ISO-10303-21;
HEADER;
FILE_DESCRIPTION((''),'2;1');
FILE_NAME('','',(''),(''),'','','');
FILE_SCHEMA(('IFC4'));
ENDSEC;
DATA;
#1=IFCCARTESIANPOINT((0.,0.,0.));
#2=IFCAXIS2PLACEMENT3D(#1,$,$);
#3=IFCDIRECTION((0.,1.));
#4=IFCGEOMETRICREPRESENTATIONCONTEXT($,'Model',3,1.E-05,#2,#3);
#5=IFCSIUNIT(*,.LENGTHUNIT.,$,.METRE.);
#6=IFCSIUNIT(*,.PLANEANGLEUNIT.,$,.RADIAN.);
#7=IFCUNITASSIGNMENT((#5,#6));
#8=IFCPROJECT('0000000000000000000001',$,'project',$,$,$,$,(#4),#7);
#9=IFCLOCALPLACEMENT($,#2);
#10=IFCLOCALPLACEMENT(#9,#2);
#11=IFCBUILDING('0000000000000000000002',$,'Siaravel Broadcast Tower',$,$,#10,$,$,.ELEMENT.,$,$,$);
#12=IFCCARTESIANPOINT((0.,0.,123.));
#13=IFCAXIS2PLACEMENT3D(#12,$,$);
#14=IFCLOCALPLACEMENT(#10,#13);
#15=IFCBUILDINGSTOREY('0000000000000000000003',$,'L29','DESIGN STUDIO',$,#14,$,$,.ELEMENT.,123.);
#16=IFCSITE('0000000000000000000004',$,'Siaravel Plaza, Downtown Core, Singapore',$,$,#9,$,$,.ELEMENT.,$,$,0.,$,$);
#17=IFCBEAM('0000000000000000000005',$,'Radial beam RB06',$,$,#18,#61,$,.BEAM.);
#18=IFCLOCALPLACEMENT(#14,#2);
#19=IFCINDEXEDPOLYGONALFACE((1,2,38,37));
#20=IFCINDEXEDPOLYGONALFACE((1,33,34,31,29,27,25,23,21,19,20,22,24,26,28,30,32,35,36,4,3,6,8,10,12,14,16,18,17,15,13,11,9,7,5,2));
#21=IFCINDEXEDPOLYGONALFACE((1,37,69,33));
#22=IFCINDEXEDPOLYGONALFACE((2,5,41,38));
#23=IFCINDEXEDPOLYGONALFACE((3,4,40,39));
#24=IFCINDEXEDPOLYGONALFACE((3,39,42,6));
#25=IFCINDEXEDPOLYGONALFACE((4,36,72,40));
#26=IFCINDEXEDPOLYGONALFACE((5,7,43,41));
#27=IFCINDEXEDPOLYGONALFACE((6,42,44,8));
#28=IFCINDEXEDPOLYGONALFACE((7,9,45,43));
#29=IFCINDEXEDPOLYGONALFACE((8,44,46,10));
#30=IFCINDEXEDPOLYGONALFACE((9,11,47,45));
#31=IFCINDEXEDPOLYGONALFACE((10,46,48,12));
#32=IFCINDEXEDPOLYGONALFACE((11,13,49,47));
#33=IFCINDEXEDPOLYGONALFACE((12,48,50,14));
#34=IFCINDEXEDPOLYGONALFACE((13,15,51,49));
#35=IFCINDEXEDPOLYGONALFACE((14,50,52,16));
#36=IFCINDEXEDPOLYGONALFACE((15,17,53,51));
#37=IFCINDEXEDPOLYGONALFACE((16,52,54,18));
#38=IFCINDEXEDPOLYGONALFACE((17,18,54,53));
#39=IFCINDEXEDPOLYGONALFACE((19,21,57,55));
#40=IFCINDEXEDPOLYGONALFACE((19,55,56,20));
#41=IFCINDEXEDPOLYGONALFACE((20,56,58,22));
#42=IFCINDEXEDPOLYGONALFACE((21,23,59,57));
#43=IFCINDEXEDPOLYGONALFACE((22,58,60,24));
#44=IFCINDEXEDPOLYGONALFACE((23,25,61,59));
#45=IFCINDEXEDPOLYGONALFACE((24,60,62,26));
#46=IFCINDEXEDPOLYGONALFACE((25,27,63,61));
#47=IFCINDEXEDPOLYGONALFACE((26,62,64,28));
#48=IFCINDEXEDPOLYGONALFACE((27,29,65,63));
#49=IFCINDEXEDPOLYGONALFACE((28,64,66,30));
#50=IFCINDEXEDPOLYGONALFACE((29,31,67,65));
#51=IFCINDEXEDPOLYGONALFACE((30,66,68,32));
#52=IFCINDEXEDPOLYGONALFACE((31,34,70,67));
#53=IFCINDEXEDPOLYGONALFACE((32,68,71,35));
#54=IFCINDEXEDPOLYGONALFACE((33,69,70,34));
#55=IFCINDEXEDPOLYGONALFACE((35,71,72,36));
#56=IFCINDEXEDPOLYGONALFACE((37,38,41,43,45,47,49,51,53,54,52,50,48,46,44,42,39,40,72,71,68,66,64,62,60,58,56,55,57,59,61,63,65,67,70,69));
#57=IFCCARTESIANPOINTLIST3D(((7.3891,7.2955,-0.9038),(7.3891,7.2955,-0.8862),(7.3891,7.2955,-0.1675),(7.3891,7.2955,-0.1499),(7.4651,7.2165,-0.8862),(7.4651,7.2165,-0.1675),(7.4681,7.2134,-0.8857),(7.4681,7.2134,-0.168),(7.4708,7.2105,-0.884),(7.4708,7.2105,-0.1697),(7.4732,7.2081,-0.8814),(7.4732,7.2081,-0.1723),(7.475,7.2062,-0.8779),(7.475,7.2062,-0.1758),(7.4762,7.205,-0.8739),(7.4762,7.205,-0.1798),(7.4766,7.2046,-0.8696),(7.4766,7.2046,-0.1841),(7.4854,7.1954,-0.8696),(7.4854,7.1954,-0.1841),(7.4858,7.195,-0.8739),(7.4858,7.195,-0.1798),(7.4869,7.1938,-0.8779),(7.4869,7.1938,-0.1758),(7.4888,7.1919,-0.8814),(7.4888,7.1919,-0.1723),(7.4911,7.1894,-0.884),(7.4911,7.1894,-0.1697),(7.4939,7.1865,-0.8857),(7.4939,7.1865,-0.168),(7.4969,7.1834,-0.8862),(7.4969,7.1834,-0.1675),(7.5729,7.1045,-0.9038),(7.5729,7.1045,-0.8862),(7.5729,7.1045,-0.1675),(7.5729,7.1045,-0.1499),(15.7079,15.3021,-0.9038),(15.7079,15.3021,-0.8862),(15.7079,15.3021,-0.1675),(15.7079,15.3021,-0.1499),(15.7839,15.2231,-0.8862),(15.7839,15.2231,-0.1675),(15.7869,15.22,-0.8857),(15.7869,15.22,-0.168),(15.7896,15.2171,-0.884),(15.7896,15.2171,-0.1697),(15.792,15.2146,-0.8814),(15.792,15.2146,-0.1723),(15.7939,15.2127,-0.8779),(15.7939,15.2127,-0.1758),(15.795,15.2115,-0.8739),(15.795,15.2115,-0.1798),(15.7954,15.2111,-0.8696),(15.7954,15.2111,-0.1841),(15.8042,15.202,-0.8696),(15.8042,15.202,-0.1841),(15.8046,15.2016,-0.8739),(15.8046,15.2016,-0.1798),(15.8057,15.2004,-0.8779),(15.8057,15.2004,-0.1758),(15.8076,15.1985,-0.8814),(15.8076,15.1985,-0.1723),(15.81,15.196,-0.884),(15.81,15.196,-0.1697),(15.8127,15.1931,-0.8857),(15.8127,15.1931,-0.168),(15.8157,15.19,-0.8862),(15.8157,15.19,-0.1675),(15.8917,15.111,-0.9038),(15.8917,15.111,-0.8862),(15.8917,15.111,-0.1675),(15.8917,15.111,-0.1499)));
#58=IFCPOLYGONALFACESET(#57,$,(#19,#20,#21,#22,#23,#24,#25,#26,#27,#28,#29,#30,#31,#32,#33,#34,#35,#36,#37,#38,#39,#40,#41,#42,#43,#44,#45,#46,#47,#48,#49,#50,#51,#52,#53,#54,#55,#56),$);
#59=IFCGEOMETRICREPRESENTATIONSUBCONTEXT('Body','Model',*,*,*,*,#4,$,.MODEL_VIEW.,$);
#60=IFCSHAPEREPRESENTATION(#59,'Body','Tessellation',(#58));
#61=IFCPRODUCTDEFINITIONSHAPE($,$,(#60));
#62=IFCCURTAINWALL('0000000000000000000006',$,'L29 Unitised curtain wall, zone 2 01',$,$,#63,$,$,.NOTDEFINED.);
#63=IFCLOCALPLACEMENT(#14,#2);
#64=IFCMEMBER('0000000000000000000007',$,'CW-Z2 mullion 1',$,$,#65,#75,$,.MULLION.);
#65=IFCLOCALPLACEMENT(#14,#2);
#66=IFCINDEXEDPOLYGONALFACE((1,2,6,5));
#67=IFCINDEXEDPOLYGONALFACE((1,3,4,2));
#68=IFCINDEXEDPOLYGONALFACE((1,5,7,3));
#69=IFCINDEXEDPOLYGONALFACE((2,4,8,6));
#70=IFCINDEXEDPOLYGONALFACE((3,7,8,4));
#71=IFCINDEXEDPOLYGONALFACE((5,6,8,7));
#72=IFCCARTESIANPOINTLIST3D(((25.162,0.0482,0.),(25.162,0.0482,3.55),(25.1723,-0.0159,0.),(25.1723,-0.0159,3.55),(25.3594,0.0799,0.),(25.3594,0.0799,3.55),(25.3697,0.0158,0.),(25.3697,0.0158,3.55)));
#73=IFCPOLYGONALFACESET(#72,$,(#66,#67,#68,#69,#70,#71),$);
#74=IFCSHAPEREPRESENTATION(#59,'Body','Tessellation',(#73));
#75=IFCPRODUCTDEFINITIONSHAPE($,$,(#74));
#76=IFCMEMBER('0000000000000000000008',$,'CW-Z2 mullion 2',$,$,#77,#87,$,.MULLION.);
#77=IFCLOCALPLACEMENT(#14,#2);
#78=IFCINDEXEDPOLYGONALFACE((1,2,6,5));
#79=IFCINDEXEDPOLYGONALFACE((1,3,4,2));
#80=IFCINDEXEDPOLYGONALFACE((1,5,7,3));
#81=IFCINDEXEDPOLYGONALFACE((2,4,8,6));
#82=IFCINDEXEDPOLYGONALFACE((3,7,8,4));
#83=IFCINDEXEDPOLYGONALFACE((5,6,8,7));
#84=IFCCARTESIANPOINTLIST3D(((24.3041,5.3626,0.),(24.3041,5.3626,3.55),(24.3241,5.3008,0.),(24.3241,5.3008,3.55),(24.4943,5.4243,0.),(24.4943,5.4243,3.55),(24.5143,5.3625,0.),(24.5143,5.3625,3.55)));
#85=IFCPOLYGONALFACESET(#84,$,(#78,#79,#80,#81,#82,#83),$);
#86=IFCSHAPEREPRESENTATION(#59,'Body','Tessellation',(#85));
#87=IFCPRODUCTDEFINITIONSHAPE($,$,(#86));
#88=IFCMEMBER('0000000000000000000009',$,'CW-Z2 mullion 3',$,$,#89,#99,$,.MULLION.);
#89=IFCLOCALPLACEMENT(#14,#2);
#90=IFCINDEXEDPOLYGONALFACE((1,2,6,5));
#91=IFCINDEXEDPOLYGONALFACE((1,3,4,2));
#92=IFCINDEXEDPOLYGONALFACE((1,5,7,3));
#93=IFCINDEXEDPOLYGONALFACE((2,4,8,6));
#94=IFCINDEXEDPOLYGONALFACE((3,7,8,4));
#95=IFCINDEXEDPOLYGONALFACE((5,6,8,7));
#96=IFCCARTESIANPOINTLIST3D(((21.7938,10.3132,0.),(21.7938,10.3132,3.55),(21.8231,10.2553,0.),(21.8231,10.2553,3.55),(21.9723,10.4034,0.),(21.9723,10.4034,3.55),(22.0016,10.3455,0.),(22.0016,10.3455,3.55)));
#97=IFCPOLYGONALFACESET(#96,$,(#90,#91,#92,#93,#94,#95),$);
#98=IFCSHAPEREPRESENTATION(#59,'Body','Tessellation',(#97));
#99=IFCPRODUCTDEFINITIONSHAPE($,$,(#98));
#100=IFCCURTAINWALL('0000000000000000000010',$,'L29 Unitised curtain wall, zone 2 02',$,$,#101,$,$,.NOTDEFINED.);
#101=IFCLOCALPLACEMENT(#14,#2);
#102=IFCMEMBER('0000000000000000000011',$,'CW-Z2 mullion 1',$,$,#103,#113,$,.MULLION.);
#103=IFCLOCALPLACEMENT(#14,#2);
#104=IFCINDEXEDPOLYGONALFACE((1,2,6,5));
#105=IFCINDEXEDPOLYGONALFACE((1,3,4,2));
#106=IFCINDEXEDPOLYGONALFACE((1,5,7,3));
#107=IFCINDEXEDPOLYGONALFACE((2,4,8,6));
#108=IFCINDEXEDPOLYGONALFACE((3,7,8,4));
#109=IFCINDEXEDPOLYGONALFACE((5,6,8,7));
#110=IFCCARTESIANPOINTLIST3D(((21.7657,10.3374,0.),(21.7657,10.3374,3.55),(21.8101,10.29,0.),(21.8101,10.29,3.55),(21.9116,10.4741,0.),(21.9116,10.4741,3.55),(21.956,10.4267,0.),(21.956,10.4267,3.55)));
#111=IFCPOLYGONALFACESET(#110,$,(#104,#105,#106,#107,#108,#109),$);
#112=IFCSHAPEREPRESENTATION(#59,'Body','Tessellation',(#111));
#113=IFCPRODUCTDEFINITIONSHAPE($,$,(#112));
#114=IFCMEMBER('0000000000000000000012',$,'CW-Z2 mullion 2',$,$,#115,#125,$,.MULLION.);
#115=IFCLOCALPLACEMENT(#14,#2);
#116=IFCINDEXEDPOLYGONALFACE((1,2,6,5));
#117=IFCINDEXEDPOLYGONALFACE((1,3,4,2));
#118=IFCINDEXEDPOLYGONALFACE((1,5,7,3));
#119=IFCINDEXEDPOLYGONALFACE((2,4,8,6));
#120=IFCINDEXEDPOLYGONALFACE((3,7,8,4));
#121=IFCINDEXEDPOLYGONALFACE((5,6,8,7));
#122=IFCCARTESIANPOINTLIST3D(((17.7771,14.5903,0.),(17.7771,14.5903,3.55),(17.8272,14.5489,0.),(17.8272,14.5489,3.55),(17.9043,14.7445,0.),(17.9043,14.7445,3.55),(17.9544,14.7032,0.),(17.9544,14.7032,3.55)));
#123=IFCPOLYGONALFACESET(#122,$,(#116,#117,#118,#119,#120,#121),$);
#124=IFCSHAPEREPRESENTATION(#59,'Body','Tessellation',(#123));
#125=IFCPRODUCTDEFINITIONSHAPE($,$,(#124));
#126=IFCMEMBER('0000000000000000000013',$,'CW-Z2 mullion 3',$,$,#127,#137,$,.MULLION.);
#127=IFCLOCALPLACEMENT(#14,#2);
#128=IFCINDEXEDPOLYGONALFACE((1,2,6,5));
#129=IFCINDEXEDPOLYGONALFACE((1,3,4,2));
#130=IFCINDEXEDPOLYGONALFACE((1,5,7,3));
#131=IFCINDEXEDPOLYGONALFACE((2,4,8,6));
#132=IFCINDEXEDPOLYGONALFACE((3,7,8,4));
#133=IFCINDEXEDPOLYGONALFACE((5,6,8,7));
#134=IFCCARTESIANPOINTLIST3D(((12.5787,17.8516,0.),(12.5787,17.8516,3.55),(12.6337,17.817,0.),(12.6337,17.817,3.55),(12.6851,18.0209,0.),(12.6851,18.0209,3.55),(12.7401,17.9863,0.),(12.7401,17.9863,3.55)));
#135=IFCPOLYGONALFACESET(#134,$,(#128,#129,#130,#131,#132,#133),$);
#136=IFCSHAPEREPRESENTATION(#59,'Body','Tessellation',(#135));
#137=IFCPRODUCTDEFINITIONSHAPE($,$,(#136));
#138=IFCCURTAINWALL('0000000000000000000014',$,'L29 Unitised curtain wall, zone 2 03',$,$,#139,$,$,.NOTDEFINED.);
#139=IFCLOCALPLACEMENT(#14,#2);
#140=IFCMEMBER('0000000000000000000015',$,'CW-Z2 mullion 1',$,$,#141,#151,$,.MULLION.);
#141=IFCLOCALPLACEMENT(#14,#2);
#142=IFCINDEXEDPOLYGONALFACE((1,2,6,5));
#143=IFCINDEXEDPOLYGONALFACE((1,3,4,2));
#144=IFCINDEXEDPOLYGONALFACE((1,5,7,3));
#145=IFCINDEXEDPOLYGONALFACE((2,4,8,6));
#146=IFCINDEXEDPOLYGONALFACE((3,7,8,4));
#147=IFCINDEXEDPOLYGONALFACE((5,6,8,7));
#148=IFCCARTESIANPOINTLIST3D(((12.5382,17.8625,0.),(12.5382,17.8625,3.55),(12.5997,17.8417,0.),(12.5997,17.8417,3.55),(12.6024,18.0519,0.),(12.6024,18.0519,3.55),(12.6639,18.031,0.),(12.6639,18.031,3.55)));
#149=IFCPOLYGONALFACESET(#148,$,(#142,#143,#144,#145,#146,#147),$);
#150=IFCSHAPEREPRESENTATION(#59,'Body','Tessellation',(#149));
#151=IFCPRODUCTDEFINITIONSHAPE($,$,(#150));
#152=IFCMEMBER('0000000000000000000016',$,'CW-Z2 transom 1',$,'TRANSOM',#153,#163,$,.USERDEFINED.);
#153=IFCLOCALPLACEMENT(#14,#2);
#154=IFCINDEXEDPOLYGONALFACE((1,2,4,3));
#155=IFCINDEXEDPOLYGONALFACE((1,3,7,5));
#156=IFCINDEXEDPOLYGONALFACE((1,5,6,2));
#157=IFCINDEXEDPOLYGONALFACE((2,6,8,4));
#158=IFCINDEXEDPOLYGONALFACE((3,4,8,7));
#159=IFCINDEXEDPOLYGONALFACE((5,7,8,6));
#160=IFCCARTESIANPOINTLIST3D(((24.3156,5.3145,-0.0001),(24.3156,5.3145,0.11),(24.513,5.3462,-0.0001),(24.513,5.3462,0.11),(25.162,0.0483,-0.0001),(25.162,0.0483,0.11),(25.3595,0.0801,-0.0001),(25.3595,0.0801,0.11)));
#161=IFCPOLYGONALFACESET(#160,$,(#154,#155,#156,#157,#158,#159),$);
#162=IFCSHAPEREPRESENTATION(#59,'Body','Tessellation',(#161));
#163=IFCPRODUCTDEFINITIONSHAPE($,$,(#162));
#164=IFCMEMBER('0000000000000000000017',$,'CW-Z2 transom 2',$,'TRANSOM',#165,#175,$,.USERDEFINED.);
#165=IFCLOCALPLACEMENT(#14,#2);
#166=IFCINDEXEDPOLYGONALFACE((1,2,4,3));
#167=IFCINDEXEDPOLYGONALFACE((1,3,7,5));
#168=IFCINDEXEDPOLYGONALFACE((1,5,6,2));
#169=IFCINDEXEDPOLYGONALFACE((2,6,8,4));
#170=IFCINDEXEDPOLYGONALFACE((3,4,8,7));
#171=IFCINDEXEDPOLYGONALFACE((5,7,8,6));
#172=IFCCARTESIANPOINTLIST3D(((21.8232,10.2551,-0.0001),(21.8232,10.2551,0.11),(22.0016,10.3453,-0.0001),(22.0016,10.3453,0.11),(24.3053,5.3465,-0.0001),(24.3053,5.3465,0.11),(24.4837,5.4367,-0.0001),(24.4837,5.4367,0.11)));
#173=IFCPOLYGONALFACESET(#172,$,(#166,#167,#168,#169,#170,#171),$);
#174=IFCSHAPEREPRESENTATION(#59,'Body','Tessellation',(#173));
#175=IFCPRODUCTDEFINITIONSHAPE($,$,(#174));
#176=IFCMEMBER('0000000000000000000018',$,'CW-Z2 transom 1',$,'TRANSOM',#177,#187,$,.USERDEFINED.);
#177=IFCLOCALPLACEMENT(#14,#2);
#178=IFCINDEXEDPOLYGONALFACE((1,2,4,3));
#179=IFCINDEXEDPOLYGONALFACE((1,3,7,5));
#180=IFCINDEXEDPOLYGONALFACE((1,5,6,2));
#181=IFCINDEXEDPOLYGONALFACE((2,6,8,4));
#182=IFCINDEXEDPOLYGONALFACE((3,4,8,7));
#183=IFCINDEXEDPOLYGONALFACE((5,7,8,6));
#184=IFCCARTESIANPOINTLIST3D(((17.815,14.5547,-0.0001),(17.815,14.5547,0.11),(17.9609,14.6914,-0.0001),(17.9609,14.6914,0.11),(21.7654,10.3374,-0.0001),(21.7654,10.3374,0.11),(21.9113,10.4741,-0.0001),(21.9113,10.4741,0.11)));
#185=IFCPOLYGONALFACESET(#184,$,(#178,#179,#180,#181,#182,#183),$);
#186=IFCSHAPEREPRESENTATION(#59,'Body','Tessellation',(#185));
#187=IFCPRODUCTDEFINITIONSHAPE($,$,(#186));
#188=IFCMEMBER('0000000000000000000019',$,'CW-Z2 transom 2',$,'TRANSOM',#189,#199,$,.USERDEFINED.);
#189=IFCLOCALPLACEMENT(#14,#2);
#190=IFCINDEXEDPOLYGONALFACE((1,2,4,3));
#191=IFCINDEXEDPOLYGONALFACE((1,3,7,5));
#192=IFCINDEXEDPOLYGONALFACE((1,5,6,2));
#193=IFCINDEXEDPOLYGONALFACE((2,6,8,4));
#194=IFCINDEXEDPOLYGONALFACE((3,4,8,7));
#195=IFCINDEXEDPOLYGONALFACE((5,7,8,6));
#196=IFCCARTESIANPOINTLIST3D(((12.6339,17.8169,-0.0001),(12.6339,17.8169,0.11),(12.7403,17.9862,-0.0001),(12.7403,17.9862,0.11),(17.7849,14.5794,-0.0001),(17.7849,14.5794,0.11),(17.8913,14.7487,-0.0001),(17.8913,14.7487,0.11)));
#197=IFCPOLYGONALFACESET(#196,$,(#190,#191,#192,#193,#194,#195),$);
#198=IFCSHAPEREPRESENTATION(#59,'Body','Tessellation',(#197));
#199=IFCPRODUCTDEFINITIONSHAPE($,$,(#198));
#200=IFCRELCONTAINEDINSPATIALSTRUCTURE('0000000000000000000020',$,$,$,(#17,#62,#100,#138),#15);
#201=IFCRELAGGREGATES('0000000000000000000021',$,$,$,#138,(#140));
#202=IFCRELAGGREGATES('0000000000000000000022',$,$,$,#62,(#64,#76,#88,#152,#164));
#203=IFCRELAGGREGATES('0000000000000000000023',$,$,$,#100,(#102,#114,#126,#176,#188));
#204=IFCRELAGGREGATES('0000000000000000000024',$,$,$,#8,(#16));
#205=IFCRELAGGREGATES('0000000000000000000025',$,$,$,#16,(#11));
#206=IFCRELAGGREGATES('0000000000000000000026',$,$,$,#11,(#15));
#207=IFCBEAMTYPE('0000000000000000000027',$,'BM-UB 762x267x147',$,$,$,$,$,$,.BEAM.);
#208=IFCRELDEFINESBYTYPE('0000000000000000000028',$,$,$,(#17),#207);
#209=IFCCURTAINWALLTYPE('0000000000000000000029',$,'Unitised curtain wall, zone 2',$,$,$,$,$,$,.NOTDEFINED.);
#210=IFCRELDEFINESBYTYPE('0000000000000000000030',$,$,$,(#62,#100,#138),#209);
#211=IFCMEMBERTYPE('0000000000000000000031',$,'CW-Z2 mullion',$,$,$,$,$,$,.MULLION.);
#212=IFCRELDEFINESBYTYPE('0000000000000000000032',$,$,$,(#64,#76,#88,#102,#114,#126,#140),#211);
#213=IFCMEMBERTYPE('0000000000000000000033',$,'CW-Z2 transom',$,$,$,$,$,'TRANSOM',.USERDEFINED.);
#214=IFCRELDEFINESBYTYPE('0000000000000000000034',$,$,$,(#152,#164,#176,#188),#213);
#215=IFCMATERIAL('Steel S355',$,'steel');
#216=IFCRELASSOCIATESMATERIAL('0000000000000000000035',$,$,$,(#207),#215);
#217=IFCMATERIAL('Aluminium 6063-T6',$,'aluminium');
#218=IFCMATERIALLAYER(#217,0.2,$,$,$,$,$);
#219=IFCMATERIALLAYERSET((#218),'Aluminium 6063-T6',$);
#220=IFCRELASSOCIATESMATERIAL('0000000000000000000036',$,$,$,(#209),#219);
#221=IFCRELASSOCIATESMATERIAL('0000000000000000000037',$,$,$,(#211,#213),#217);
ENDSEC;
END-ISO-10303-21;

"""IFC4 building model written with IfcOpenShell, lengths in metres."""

from ifc_helpers import new_model, si_unit, direction, frame, origin, origin_2d, place, context, subcontext, project, spatial, rectangle, i_section, extrude, material, layer, layer_set, material_profile, profile_set, type_object, element, aggregate, save


model = new_model("IFC4")

# Units and contexts
model_context = context("Model", 3, precision=1e-05, world=origin(), true_north=direction((0.0, 1.0)))
body_context = subcontext(model_context, "Body", "Model", "MODEL_VIEW")
ifc_project = project(units=[si_unit("LENGTHUNIT", "METRE"), si_unit("PLANEANGLEUNIT", "RADIAN")], contexts=[model_context])

# Site, building, storey
site_placement = place(None, origin())
site = spatial("IfcSite", under=ifc_project, at=site_placement, Name="Siaravel Plaza, Downtown Core, Singapore", CompositionType="ELEMENT", RefElevation=0.0)
building_placement = place(site_placement, origin())
building = spatial("IfcBuilding", under=site, at=building_placement, Name="Siaravel Broadcast Tower", CompositionType="ELEMENT")
storey_placement = place(building_placement, frame((0.0, 0.0, 123.0)))
storey = spatial("IfcBuildingStorey", under=building, at=storey_placement, Name="L29", Description="DESIGN STUDIO", CompositionType="ELEMENT", Elevation=123.0)

# Beam
ifc_material_1 = material(Name="Steel S355", Category="steel")
ifc_material_profile_1 = material_profile(ifc_material_1, i_section(OverallWidth=0.2651, OverallDepth=0.7539, WebThickness=0.0127, FlangeThickness=0.0176, FilletRadius=0.0166, at=origin_2d()))
ifc_profile_set_1 = profile_set([ifc_material_profile_1], Name="Steel S355")
beam_type = type_object("IfcBeamType", Name="BM-UB 762x267x147", PredefinedType="BEAM", material=ifc_profile_set_1)
beam_1_placement = place(storey_placement, frame((15.7998, 15.2065, -0.5269), z_axis=(-0.7205, -0.693455, 0.0), x_axis=(0.693455, -0.7205, 0.0)))
element("IfcBeam", 1, at=beam_1_placement, inside=storey, type_object=beam_type, Name="Radial beam RB06", PredefinedType="BEAM", context=body_context, shape_type="SweptSolid", body=[
    extrude(i_section(OverallWidth=0.2651, OverallDepth=0.7539, WebThickness=0.0127, FlangeThickness=0.0176, FilletRadius=0.0166, at=origin_2d()), origin(), (0.0, 0.0, 1.0), 11.5459),
])

# Curtain walls, members
ifc_material_2 = material(Name="Aluminium 6063-T6", Category="aluminium")
ifc_layer_1 = layer(ifc_material_2, 0.2)
ifc_layer_set_1 = layer_set([ifc_layer_1], Name="Aluminium 6063-T6")
curtain_wall_type = type_object("IfcCurtainWallType", Name="Unitised curtain wall, zone 2", PredefinedType="NOTDEFINED", material=ifc_layer_set_1)
curtain_wall_1_placement = place(storey_placement, origin())
curtain_wall_1 = element("IfcCurtainWall", 2, at=curtain_wall_1_placement, inside=storey, type_object=curtain_wall_type, Name="L29 Unitised curtain wall, zone 2 01", PredefinedType="NOTDEFINED")
ifc_material_profile_2 = material_profile(ifc_material_2, rectangle(XDim=0.2, YDim=0.0649, at=origin_2d()))
ifc_profile_set_2 = profile_set([ifc_material_profile_2], Name="Aluminium 6063-T6")
member_type_1 = type_object("IfcMemberType", Name="CW-Z2 mullion", PredefinedType="MULLION", material=ifc_profile_set_2)
member_1_placement = place(storey_placement, frame((25.2659, 0.032, 0.0), z_axis=(0.0, 0.0, 1.0), x_axis=(-0.987329, -0.158686, 0.0)))
member_1 = element("IfcMember", 3, at=member_1_placement, type_object=member_type_1, Name="CW-Z2 mullion 1", PredefinedType="MULLION", context=body_context, shape_type="SweptSolid", body=[
    extrude(rectangle(XDim=0.2, YDim=0.0649, at=origin_2d()), origin(), (0.0, 0.0, 1.0), 3.55),
])
member_2_placement = place(storey_placement, frame((24.4092, 5.3625, 0.0), z_axis=(0.0, 0.0, 1.0), x_axis=(-0.951177, -0.308645, 0.0)))
member_2 = element("IfcMember", 4, at=member_2_placement, type_object=member_type_1, Name="CW-Z2 mullion 2", PredefinedType="MULLION", context=body_context, shape_type="SweptSolid", body=[
    extrude(rectangle(XDim=0.2, YDim=0.0649, at=origin_2d()), origin(), (0.0, 0.0, 1.0), 3.55),
])
member_3_placement = place(storey_placement, frame((21.8977, 10.3293, 0.0), z_axis=(0.0, 0.0, 1.0), x_axis=(-0.892392, -0.451261, 0.0)))
member_3 = element("IfcMember", 5, at=member_3_placement, type_object=member_type_1, Name="CW-Z2 mullion 3", PredefinedType="MULLION", context=body_context, shape_type="SweptSolid", body=[
    extrude(rectangle(XDim=0.2, YDim=0.0649, at=origin_2d()), origin(), (0.0, 0.0, 1.0), 3.55),
])
curtain_wall_2_placement = place(storey_placement, origin())
curtain_wall_2 = element("IfcCurtainWall", 6, at=curtain_wall_2_placement, inside=storey, type_object=curtain_wall_type, Name="L29 Unitised curtain wall, zone 2 02", PredefinedType="NOTDEFINED")
member_4_placement = place(storey_placement, frame((21.8608, 10.3821, 0.0), z_axis=(0.0, 0.0, 1.0), x_axis=(-0.729805, -0.683655, 0.0)))
member_4 = element("IfcMember", 7, at=member_4_placement, type_object=member_type_1, Name="CW-Z2 mullion 1", PredefinedType="MULLION", context=body_context, shape_type="SweptSolid", body=[
    extrude(rectangle(XDim=0.2, YDim=0.0649, at=origin_2d()), origin(), (0.0, 0.0, 1.0), 3.55),
])
member_5_placement = place(storey_placement, frame((17.8657, 14.6467, 0.0), z_axis=(0.0, 0.0, 1.0), x_axis=(-0.636219, -0.771509, 0.0)))
member_5 = element("IfcMember", 8, at=member_5_placement, type_object=member_type_1, Name="CW-Z2 mullion 2", PredefinedType="MULLION", context=body_context, shape_type="SweptSolid", body=[
    extrude(rectangle(XDim=0.2, YDim=0.0649, at=origin_2d()), origin(), (0.0, 0.0, 1.0), 3.55),
])
member_6_placement = place(storey_placement, frame((12.6594, 17.9189, 0.0), z_axis=(0.0, 0.0, 1.0), x_axis=(-0.532149, -0.846651, 0.0)))
member_6 = element("IfcMember", 9, at=member_6_placement, type_object=member_type_1, Name="CW-Z2 mullion 3", PredefinedType="MULLION", context=body_context, shape_type="SweptSolid", body=[
    extrude(rectangle(XDim=0.2, YDim=0.0649, at=origin_2d()), origin(), (0.0, 0.0, 1.0), 3.55),
])

# Curtain wall, member
curtain_wall_3_placement = place(storey_placement, origin())
curtain_wall_3 = element("IfcCurtainWall", 10, at=curtain_wall_3_placement, inside=storey, type_object=curtain_wall_type, Name="L29 Unitised curtain wall, zone 2 03", PredefinedType="NOTDEFINED")
member_7_placement = place(storey_placement, frame((12.6011, 17.9468, 0.0), z_axis=(0.0, 0.0, 1.0), x_axis=(-0.321301, -0.946977, 0.0)))
member_7 = element("IfcMember", 11, at=member_7_placement, type_object=member_type_1, Name="CW-Z2 mullion 1", PredefinedType="MULLION", context=body_context, shape_type="SweptSolid", body=[
    extrude(rectangle(XDim=0.2, YDim=0.0649, at=origin_2d()), origin(), (0.0, 0.0, 1.0), 3.55),
])
aggregate(curtain_wall_3, [member_7])

# Members
ifc_material_profile_3 = material_profile(ifc_material_2, rectangle(XDim=0.2, YDim=0.1101, at=origin_2d()))
ifc_profile_set_3 = profile_set([ifc_material_profile_3], Name="Aluminium 6063-T6")
member_type_2 = type_object("IfcMemberType", Name="CW-Z2 transom", ElementType="TRANSOM", PredefinedType="USERDEFINED", material=ifc_profile_set_3)
member_8_placement = place(storey_placement, frame((25.2607, 0.0642, 0.0549), z_axis=(-0.158696, 0.987328, 0.0), x_axis=(-0.987328, -0.158696, 0.0)))
member_8 = element("IfcMember", 12, at=member_8_placement, type_object=member_type_2, Name="CW-Z2 transom 1", ObjectType="TRANSOM", PredefinedType="USERDEFINED", context=body_context, shape_type="SweptSolid", body=[
    extrude(rectangle(XDim=0.2, YDim=0.1101, at=origin_2d()), origin(), (0.0, 0.0, 1.0), 5.3337),
])
member_9_placement = place(storey_placement, frame((24.3945, 5.3916, 0.0549), z_axis=(-0.451257, 0.892394, 0.0), x_axis=(-0.892394, -0.451257, 0.0)))
member_9 = element("IfcMember", 13, at=member_9_placement, type_object=member_type_2, Name="CW-Z2 transom 2", ObjectType="TRANSOM", PredefinedType="USERDEFINED", context=body_context, shape_type="SweptSolid", body=[
    extrude(rectangle(XDim=0.2, YDim=0.1101, at=origin_2d()), origin(), (0.0, 0.0, 1.0), 5.5005),
])
member_10_placement = place(storey_placement, frame((21.8384, 10.4058, 0.0549), z_axis=(-0.68364, 0.729819, 0.0), x_axis=(-0.729819, -0.68364, 0.0)))
member_10 = element("IfcMember", 14, at=member_10_placement, type_object=member_type_2, Name="CW-Z2 transom 1", ObjectType="TRANSOM", PredefinedType="USERDEFINED", context=body_context, shape_type="SweptSolid", body=[
    extrude(rectangle(XDim=0.2, YDim=0.1101, at=origin_2d()), origin(), (0.0, 0.0, 1.0), 5.7786),
])
member_11_placement = place(storey_placement, frame((17.8381, 14.6641, 0.0549), z_axis=(-0.846659, 0.532136, 0.0), x_axis=(-0.532136, -0.846659, 0.0)))
member_11 = element("IfcMember", 15, at=member_11_placement, type_object=member_type_2, Name="CW-Z2 transom 2", ObjectType="TRANSOM", PredefinedType="USERDEFINED", context=body_context, shape_type="SweptSolid", body=[
    extrude(rectangle(XDim=0.2, YDim=0.1101, at=origin_2d()), origin(), (0.0, 0.0, 1.0), 6.084),
])

aggregate(curtain_wall_1, [member_1, member_2, member_3, member_8, member_9])
aggregate(curtain_wall_2, [member_4, member_5, member_6, member_10, member_11])

save(model, "model.ifc")
